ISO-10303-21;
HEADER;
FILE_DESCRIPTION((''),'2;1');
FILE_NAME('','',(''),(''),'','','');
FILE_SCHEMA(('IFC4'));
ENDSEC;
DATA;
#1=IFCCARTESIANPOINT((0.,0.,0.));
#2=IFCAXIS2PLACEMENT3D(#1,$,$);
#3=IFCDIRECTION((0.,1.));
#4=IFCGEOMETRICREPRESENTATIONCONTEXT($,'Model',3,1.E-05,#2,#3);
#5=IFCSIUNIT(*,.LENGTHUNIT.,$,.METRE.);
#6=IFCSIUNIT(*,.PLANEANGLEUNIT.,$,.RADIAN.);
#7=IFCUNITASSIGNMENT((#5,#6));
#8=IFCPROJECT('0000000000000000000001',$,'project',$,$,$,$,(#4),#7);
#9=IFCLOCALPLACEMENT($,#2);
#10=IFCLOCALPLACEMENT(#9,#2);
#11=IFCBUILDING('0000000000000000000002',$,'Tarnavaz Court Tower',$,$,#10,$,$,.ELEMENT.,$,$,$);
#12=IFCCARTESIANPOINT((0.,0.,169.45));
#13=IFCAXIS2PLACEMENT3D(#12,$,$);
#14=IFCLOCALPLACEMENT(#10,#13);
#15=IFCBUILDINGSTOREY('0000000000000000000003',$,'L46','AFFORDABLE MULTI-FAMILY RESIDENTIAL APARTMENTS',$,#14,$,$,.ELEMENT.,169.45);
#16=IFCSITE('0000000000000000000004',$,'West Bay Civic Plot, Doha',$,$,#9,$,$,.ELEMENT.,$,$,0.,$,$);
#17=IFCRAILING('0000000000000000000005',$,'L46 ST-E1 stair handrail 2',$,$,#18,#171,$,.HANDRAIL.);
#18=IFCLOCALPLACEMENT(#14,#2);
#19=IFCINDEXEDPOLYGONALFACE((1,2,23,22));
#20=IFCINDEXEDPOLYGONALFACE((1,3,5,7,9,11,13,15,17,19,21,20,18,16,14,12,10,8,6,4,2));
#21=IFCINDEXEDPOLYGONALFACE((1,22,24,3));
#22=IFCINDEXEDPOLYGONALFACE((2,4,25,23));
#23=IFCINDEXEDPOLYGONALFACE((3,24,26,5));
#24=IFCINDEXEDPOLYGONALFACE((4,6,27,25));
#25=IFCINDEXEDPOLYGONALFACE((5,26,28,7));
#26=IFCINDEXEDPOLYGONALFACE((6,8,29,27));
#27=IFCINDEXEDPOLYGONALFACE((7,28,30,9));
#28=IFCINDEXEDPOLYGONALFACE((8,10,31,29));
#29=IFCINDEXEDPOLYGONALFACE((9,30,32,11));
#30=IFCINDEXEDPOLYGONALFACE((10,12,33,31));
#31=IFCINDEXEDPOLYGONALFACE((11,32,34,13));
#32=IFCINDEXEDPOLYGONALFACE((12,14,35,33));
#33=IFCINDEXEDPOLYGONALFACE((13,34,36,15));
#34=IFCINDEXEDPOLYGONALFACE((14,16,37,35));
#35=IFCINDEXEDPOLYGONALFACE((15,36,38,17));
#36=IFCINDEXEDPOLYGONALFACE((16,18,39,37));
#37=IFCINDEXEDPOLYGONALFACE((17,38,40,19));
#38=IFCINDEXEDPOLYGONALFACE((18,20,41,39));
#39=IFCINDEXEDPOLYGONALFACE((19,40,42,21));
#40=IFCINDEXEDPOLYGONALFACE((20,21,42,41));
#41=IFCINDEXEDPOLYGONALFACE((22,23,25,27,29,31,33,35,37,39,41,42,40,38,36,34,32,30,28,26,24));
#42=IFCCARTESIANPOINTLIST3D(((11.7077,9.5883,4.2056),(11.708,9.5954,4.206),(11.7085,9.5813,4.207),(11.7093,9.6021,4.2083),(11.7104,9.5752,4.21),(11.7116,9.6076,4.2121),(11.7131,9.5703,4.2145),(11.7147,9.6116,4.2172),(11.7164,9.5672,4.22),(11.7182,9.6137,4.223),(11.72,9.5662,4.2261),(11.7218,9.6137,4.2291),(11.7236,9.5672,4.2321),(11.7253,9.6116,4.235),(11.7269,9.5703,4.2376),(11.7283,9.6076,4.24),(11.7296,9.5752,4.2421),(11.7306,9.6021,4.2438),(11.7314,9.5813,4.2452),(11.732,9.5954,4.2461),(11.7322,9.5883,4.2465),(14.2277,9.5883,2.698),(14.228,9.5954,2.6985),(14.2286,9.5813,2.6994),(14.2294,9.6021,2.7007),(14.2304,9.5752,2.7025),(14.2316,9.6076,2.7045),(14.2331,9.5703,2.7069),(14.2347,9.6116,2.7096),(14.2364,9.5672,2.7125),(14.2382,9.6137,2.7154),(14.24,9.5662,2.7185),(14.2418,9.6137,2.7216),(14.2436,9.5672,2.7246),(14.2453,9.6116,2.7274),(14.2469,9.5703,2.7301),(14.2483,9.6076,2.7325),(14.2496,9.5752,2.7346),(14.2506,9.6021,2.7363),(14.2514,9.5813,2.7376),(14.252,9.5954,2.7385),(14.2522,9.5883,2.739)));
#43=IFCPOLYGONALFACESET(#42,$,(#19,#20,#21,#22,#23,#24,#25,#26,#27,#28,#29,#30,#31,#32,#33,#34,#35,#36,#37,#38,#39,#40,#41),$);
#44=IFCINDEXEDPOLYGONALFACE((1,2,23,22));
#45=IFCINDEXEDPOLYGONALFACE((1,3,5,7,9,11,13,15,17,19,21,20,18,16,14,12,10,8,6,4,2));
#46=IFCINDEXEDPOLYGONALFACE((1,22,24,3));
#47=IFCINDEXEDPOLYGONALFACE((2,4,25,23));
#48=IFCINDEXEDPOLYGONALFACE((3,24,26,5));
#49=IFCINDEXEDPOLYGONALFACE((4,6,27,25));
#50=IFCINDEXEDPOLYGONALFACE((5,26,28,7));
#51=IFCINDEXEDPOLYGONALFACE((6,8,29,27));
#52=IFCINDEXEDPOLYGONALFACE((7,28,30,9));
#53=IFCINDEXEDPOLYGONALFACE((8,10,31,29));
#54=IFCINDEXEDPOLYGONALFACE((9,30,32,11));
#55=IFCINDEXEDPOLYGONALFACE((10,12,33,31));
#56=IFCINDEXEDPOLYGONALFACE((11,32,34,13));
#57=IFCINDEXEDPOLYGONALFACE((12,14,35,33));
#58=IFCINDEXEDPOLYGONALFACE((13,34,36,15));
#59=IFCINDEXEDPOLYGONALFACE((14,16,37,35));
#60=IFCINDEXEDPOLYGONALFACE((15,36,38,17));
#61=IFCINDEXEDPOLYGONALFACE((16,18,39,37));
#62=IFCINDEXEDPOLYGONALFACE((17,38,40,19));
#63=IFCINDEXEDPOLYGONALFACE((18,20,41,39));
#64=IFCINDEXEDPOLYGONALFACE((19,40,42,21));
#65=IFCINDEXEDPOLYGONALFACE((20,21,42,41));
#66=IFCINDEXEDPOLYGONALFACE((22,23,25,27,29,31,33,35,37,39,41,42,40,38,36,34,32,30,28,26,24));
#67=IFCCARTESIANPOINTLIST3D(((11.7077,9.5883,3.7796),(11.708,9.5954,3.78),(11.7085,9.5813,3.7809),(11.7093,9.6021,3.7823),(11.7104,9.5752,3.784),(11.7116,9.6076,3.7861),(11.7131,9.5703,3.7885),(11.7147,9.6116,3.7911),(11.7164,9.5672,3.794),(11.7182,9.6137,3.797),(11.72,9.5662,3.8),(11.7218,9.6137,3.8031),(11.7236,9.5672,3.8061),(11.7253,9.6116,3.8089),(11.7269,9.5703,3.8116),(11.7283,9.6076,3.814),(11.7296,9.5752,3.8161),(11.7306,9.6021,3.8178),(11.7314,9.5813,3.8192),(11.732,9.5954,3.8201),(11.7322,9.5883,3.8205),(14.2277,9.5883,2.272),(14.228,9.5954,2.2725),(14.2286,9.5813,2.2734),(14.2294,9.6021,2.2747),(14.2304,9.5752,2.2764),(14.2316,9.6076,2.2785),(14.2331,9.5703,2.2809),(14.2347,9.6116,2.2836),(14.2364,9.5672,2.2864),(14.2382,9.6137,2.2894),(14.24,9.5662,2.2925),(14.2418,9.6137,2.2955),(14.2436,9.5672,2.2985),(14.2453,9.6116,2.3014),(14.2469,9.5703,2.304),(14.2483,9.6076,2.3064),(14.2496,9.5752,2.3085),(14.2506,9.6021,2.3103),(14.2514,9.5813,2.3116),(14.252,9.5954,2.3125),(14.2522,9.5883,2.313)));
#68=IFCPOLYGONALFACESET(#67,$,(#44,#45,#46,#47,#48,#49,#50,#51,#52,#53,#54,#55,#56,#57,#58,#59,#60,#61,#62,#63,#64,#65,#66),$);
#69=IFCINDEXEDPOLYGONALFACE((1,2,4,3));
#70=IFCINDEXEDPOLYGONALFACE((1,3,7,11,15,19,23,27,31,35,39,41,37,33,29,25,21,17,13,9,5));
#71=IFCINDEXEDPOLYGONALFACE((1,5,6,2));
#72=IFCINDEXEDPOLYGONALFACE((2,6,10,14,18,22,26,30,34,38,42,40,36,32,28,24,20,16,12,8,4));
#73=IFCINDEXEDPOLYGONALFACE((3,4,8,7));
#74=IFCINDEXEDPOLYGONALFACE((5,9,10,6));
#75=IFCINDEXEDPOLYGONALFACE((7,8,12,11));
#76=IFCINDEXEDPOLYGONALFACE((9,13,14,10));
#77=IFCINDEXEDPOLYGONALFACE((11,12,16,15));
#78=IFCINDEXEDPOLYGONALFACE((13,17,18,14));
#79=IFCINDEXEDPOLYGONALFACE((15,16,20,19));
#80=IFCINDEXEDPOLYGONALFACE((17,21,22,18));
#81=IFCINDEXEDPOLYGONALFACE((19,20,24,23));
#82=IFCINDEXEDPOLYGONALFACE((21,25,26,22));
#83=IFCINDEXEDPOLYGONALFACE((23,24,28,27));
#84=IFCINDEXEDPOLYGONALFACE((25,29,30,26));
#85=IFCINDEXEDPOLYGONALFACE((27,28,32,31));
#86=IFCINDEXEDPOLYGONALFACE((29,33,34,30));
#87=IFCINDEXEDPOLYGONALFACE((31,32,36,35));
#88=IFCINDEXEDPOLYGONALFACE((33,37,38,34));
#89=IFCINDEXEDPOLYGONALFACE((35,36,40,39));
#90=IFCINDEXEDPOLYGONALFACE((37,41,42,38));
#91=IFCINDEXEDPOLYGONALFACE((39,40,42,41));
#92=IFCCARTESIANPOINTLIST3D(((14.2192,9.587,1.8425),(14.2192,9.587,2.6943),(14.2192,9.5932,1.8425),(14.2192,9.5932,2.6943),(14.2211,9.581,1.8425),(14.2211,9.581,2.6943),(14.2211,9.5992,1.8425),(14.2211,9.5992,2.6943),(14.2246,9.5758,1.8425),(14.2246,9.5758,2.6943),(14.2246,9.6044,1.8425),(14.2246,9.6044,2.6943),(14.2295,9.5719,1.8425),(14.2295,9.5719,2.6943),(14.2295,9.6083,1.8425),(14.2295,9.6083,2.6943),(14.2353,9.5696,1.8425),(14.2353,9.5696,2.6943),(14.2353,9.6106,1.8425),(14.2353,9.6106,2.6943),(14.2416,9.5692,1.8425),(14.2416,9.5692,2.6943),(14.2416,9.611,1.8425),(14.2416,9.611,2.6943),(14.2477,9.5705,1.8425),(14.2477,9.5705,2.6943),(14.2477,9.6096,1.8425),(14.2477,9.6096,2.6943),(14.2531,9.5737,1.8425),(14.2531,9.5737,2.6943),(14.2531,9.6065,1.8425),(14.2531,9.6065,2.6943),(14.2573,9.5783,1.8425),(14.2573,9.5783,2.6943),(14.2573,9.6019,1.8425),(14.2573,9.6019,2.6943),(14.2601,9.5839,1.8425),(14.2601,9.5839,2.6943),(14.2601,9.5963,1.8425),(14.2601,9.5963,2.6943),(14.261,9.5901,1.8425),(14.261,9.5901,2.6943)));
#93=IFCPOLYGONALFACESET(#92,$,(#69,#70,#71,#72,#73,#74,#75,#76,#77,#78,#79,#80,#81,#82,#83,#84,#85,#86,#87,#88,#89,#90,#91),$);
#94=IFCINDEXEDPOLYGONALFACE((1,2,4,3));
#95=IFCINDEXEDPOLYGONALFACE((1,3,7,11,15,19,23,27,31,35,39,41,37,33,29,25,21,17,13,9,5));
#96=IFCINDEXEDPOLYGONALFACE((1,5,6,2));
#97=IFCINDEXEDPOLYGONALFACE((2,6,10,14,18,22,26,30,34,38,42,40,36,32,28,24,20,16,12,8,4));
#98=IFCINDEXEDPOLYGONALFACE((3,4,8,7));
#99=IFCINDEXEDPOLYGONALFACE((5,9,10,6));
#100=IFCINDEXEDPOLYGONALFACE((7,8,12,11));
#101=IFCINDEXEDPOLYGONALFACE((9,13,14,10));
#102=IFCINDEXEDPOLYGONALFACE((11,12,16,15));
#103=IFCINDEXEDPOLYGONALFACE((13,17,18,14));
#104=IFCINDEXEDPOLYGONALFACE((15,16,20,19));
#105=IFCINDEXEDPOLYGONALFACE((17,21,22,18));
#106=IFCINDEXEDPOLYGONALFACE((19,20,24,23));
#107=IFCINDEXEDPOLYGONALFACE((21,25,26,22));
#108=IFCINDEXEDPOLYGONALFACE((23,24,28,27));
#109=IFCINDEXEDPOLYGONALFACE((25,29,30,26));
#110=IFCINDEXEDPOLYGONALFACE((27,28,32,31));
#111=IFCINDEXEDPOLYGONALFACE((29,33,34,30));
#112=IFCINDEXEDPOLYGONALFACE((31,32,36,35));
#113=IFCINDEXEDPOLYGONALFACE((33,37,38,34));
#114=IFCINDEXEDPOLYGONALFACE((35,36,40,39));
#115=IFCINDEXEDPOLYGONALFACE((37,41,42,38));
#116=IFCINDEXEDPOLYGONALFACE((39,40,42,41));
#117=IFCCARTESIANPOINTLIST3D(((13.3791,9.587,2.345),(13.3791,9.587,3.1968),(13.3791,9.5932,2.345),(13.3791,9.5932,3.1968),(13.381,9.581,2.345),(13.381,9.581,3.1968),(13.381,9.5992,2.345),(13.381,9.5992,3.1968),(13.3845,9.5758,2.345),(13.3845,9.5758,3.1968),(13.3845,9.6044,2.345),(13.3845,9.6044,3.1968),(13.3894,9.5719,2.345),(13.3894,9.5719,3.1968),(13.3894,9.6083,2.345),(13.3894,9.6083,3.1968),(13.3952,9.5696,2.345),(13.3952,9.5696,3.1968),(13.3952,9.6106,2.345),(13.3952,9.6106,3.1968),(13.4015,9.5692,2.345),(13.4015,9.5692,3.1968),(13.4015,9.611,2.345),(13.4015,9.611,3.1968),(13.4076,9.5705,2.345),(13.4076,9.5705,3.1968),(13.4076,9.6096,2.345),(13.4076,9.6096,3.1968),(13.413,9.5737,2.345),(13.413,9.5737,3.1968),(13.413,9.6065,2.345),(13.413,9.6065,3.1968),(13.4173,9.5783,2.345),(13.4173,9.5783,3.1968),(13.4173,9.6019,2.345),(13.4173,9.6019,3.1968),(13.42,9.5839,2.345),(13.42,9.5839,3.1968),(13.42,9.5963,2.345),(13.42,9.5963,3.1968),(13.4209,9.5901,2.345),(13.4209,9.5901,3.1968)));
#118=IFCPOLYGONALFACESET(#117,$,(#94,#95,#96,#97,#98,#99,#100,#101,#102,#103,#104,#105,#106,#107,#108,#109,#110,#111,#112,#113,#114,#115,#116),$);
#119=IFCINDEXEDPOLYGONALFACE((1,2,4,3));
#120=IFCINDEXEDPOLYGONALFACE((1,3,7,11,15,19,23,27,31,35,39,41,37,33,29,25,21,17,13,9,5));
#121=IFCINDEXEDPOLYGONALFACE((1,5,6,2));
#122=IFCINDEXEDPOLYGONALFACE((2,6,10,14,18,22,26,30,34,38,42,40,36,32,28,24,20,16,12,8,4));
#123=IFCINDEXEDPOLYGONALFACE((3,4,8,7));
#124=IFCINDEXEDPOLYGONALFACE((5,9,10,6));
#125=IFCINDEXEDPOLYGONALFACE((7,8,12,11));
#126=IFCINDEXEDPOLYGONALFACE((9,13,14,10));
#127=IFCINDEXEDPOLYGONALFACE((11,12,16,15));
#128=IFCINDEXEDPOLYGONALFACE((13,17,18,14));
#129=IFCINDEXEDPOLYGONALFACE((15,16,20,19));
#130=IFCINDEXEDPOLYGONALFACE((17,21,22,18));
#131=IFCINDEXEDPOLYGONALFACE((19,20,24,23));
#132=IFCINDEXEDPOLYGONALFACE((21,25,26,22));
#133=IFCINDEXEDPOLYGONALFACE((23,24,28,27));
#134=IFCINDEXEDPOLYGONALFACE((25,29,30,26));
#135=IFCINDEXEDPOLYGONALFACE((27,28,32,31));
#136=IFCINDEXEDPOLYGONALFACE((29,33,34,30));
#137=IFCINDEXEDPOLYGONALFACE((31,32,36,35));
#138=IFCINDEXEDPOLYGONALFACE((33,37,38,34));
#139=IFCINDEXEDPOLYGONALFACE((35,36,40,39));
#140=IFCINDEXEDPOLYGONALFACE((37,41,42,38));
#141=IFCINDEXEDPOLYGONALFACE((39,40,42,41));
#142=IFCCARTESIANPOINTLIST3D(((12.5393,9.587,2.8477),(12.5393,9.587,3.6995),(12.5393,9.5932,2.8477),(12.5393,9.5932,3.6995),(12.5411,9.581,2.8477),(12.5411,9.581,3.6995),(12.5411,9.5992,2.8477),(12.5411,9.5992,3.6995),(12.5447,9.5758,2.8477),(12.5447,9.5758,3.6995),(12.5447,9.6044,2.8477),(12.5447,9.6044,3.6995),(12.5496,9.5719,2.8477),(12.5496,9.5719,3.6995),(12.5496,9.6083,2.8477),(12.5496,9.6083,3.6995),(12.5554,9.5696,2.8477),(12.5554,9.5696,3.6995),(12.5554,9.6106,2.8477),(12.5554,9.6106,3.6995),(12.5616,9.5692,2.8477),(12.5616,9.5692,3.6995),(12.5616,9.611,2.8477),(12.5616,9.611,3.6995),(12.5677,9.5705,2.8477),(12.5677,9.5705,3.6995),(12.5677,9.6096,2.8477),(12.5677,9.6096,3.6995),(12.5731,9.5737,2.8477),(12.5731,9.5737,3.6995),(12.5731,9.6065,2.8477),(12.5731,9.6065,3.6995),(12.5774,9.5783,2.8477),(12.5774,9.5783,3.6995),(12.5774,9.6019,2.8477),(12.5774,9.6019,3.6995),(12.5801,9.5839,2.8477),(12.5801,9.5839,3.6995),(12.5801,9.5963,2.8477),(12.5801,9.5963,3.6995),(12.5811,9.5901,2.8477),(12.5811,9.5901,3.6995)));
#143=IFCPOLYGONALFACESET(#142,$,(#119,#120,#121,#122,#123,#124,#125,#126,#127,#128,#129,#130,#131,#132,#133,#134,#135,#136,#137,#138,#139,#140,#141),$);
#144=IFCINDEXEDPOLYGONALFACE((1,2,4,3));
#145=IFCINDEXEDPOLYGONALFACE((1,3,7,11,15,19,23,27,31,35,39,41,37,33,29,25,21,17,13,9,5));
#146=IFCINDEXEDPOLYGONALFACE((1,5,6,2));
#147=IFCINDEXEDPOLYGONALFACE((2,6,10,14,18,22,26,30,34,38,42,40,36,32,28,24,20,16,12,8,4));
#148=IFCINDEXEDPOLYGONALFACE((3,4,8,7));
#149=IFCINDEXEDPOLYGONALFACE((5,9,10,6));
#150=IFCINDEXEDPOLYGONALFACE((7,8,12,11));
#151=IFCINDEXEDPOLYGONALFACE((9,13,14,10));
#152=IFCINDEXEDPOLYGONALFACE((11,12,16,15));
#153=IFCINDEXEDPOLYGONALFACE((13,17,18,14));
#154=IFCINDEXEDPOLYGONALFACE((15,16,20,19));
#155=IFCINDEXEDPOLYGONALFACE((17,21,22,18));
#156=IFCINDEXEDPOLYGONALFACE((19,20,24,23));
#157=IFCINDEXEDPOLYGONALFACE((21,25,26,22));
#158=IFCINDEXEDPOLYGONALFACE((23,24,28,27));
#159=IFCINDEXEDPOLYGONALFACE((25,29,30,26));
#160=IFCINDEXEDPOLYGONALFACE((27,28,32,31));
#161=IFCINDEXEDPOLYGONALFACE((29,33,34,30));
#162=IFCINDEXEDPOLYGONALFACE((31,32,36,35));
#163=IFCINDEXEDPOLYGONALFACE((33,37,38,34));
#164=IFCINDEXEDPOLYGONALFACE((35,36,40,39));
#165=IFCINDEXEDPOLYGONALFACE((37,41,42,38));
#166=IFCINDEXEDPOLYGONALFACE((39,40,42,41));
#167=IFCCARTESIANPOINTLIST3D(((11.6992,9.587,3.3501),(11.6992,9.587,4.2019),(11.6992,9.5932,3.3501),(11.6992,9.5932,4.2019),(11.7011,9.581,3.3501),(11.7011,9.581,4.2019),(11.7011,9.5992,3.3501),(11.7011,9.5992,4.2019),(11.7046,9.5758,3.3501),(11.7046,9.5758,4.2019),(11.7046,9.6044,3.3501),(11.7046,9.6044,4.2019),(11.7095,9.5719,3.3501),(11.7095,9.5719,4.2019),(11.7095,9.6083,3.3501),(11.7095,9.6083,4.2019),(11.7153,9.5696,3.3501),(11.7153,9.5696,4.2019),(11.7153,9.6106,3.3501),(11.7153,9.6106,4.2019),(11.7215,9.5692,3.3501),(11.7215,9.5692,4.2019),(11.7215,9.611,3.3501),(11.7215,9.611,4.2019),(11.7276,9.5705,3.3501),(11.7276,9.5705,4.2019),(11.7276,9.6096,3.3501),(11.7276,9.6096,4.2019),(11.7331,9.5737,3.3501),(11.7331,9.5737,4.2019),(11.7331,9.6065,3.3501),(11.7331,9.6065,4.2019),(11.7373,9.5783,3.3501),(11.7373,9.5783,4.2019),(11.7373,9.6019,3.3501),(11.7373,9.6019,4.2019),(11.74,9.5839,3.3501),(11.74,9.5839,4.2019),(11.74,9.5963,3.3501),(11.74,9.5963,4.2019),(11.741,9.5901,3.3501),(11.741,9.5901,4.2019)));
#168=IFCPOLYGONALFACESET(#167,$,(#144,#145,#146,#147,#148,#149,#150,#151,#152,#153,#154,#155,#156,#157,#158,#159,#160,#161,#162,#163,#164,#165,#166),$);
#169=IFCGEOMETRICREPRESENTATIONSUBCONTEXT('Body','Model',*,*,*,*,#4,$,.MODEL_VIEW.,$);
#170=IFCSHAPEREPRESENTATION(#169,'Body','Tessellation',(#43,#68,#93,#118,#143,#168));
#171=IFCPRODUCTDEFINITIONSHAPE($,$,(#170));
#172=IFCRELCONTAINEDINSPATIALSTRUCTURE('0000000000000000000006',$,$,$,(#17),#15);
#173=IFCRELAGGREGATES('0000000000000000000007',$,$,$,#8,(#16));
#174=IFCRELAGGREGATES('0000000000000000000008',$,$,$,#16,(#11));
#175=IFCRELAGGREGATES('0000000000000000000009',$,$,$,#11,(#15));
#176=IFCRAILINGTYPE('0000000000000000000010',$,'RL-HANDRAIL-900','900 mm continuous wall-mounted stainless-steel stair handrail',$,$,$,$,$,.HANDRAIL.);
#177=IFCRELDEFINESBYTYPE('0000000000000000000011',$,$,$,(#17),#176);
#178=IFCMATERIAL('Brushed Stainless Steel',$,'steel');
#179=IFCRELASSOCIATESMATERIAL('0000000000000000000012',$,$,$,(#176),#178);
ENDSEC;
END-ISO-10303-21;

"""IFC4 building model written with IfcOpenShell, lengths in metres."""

from ifc_helpers import new_model, si_unit, direction, frame, origin, origin_2d, place, context, subcontext, project, spatial, circle, extrude, material, type_object, element, save


model = new_model("IFC4")

# Units and contexts
model_context = context("Model", 3, precision=1e-05, world=origin(), true_north=direction((0.0, 1.0)))
body_context = subcontext(model_context, "Body", "Model", "MODEL_VIEW")
ifc_project = project(units=[si_unit("LENGTHUNIT", "METRE"), si_unit("PLANEANGLEUNIT", "RADIAN")], contexts=[model_context])

# Site, building, storey
site_placement = place(None, origin())
site = spatial("IfcSite", under=ifc_project, at=site_placement, Name="West Bay Civic Plot, Doha", CompositionType="ELEMENT", RefElevation=0.0)
building_placement = place(site_placement, origin())
building = spatial("IfcBuilding", under=site, at=building_placement, Name="Tarnavaz Court Tower", CompositionType="ELEMENT")
storey_placement = place(building_placement, frame((0.0, 0.0, 169.45)))
storey = spatial("IfcBuildingStorey", under=building, at=storey_placement, Name="L46", Description="AFFORDABLE MULTI-FAMILY RESIDENTIAL APARTMENTS", CompositionType="ELEMENT", Elevation=169.45)

# Railing
ifc_material_1 = material(Name="Brushed Stainless Steel", Category="steel")
railing_type_1 = type_object("IfcRailingType", Name="RL-HANDRAIL-900", Description="900 mm continuous wall-mounted stainless-steel stair handrail", PredefinedType="HANDRAIL", material=ifc_material_1)
railing_1_placement = place(storey_placement, frame((14.24, 9.5901, 1.8425)))
element("IfcRailing", 1, at=railing_1_placement, inside=storey, type_object=railing_type_1, Name="L46 ST-E1 stair handrail 2", PredefinedType="HANDRAIL", context=body_context, shape_type="SweptSolid", body=[
    extrude(circle(Radius=0.0239, at=origin_2d()), frame((0.0, 0.0, 0.876), z_axis=(-0.85816, 0.0, 0.513383), x_axis=(0.0, -1.0, 0.0)), (0.0, 0.0, 1.0), 2.9365),
    extrude(circle(Radius=0.0239, at=origin_2d()), frame((0.0, 0.0, 0.45), z_axis=(-0.85816, 0.0, 0.513383), x_axis=(0.0, -1.0, 0.0)), (0.0, 0.0, 1.0), 2.9365),
    extrude(circle(Radius=0.021, at=origin_2d()), origin(), (0.0, 0.0, 1.0), 0.8518),
    extrude(circle(Radius=0.021, at=origin_2d()), frame((-0.8401, 0.0, 0.5024)), (0.0, 0.0, 1.0), 0.8518),
    extrude(circle(Radius=0.021, at=origin_2d()), frame((-1.6799, 0.0, 1.0051)), (0.0, 0.0, 1.0), 0.8518),
    extrude(circle(Radius=0.021, at=origin_2d()), frame((-2.52, 0.0, 1.5076)), (0.0, 0.0, 1.0), 0.8518),
])

save(model, "model.ifc")
